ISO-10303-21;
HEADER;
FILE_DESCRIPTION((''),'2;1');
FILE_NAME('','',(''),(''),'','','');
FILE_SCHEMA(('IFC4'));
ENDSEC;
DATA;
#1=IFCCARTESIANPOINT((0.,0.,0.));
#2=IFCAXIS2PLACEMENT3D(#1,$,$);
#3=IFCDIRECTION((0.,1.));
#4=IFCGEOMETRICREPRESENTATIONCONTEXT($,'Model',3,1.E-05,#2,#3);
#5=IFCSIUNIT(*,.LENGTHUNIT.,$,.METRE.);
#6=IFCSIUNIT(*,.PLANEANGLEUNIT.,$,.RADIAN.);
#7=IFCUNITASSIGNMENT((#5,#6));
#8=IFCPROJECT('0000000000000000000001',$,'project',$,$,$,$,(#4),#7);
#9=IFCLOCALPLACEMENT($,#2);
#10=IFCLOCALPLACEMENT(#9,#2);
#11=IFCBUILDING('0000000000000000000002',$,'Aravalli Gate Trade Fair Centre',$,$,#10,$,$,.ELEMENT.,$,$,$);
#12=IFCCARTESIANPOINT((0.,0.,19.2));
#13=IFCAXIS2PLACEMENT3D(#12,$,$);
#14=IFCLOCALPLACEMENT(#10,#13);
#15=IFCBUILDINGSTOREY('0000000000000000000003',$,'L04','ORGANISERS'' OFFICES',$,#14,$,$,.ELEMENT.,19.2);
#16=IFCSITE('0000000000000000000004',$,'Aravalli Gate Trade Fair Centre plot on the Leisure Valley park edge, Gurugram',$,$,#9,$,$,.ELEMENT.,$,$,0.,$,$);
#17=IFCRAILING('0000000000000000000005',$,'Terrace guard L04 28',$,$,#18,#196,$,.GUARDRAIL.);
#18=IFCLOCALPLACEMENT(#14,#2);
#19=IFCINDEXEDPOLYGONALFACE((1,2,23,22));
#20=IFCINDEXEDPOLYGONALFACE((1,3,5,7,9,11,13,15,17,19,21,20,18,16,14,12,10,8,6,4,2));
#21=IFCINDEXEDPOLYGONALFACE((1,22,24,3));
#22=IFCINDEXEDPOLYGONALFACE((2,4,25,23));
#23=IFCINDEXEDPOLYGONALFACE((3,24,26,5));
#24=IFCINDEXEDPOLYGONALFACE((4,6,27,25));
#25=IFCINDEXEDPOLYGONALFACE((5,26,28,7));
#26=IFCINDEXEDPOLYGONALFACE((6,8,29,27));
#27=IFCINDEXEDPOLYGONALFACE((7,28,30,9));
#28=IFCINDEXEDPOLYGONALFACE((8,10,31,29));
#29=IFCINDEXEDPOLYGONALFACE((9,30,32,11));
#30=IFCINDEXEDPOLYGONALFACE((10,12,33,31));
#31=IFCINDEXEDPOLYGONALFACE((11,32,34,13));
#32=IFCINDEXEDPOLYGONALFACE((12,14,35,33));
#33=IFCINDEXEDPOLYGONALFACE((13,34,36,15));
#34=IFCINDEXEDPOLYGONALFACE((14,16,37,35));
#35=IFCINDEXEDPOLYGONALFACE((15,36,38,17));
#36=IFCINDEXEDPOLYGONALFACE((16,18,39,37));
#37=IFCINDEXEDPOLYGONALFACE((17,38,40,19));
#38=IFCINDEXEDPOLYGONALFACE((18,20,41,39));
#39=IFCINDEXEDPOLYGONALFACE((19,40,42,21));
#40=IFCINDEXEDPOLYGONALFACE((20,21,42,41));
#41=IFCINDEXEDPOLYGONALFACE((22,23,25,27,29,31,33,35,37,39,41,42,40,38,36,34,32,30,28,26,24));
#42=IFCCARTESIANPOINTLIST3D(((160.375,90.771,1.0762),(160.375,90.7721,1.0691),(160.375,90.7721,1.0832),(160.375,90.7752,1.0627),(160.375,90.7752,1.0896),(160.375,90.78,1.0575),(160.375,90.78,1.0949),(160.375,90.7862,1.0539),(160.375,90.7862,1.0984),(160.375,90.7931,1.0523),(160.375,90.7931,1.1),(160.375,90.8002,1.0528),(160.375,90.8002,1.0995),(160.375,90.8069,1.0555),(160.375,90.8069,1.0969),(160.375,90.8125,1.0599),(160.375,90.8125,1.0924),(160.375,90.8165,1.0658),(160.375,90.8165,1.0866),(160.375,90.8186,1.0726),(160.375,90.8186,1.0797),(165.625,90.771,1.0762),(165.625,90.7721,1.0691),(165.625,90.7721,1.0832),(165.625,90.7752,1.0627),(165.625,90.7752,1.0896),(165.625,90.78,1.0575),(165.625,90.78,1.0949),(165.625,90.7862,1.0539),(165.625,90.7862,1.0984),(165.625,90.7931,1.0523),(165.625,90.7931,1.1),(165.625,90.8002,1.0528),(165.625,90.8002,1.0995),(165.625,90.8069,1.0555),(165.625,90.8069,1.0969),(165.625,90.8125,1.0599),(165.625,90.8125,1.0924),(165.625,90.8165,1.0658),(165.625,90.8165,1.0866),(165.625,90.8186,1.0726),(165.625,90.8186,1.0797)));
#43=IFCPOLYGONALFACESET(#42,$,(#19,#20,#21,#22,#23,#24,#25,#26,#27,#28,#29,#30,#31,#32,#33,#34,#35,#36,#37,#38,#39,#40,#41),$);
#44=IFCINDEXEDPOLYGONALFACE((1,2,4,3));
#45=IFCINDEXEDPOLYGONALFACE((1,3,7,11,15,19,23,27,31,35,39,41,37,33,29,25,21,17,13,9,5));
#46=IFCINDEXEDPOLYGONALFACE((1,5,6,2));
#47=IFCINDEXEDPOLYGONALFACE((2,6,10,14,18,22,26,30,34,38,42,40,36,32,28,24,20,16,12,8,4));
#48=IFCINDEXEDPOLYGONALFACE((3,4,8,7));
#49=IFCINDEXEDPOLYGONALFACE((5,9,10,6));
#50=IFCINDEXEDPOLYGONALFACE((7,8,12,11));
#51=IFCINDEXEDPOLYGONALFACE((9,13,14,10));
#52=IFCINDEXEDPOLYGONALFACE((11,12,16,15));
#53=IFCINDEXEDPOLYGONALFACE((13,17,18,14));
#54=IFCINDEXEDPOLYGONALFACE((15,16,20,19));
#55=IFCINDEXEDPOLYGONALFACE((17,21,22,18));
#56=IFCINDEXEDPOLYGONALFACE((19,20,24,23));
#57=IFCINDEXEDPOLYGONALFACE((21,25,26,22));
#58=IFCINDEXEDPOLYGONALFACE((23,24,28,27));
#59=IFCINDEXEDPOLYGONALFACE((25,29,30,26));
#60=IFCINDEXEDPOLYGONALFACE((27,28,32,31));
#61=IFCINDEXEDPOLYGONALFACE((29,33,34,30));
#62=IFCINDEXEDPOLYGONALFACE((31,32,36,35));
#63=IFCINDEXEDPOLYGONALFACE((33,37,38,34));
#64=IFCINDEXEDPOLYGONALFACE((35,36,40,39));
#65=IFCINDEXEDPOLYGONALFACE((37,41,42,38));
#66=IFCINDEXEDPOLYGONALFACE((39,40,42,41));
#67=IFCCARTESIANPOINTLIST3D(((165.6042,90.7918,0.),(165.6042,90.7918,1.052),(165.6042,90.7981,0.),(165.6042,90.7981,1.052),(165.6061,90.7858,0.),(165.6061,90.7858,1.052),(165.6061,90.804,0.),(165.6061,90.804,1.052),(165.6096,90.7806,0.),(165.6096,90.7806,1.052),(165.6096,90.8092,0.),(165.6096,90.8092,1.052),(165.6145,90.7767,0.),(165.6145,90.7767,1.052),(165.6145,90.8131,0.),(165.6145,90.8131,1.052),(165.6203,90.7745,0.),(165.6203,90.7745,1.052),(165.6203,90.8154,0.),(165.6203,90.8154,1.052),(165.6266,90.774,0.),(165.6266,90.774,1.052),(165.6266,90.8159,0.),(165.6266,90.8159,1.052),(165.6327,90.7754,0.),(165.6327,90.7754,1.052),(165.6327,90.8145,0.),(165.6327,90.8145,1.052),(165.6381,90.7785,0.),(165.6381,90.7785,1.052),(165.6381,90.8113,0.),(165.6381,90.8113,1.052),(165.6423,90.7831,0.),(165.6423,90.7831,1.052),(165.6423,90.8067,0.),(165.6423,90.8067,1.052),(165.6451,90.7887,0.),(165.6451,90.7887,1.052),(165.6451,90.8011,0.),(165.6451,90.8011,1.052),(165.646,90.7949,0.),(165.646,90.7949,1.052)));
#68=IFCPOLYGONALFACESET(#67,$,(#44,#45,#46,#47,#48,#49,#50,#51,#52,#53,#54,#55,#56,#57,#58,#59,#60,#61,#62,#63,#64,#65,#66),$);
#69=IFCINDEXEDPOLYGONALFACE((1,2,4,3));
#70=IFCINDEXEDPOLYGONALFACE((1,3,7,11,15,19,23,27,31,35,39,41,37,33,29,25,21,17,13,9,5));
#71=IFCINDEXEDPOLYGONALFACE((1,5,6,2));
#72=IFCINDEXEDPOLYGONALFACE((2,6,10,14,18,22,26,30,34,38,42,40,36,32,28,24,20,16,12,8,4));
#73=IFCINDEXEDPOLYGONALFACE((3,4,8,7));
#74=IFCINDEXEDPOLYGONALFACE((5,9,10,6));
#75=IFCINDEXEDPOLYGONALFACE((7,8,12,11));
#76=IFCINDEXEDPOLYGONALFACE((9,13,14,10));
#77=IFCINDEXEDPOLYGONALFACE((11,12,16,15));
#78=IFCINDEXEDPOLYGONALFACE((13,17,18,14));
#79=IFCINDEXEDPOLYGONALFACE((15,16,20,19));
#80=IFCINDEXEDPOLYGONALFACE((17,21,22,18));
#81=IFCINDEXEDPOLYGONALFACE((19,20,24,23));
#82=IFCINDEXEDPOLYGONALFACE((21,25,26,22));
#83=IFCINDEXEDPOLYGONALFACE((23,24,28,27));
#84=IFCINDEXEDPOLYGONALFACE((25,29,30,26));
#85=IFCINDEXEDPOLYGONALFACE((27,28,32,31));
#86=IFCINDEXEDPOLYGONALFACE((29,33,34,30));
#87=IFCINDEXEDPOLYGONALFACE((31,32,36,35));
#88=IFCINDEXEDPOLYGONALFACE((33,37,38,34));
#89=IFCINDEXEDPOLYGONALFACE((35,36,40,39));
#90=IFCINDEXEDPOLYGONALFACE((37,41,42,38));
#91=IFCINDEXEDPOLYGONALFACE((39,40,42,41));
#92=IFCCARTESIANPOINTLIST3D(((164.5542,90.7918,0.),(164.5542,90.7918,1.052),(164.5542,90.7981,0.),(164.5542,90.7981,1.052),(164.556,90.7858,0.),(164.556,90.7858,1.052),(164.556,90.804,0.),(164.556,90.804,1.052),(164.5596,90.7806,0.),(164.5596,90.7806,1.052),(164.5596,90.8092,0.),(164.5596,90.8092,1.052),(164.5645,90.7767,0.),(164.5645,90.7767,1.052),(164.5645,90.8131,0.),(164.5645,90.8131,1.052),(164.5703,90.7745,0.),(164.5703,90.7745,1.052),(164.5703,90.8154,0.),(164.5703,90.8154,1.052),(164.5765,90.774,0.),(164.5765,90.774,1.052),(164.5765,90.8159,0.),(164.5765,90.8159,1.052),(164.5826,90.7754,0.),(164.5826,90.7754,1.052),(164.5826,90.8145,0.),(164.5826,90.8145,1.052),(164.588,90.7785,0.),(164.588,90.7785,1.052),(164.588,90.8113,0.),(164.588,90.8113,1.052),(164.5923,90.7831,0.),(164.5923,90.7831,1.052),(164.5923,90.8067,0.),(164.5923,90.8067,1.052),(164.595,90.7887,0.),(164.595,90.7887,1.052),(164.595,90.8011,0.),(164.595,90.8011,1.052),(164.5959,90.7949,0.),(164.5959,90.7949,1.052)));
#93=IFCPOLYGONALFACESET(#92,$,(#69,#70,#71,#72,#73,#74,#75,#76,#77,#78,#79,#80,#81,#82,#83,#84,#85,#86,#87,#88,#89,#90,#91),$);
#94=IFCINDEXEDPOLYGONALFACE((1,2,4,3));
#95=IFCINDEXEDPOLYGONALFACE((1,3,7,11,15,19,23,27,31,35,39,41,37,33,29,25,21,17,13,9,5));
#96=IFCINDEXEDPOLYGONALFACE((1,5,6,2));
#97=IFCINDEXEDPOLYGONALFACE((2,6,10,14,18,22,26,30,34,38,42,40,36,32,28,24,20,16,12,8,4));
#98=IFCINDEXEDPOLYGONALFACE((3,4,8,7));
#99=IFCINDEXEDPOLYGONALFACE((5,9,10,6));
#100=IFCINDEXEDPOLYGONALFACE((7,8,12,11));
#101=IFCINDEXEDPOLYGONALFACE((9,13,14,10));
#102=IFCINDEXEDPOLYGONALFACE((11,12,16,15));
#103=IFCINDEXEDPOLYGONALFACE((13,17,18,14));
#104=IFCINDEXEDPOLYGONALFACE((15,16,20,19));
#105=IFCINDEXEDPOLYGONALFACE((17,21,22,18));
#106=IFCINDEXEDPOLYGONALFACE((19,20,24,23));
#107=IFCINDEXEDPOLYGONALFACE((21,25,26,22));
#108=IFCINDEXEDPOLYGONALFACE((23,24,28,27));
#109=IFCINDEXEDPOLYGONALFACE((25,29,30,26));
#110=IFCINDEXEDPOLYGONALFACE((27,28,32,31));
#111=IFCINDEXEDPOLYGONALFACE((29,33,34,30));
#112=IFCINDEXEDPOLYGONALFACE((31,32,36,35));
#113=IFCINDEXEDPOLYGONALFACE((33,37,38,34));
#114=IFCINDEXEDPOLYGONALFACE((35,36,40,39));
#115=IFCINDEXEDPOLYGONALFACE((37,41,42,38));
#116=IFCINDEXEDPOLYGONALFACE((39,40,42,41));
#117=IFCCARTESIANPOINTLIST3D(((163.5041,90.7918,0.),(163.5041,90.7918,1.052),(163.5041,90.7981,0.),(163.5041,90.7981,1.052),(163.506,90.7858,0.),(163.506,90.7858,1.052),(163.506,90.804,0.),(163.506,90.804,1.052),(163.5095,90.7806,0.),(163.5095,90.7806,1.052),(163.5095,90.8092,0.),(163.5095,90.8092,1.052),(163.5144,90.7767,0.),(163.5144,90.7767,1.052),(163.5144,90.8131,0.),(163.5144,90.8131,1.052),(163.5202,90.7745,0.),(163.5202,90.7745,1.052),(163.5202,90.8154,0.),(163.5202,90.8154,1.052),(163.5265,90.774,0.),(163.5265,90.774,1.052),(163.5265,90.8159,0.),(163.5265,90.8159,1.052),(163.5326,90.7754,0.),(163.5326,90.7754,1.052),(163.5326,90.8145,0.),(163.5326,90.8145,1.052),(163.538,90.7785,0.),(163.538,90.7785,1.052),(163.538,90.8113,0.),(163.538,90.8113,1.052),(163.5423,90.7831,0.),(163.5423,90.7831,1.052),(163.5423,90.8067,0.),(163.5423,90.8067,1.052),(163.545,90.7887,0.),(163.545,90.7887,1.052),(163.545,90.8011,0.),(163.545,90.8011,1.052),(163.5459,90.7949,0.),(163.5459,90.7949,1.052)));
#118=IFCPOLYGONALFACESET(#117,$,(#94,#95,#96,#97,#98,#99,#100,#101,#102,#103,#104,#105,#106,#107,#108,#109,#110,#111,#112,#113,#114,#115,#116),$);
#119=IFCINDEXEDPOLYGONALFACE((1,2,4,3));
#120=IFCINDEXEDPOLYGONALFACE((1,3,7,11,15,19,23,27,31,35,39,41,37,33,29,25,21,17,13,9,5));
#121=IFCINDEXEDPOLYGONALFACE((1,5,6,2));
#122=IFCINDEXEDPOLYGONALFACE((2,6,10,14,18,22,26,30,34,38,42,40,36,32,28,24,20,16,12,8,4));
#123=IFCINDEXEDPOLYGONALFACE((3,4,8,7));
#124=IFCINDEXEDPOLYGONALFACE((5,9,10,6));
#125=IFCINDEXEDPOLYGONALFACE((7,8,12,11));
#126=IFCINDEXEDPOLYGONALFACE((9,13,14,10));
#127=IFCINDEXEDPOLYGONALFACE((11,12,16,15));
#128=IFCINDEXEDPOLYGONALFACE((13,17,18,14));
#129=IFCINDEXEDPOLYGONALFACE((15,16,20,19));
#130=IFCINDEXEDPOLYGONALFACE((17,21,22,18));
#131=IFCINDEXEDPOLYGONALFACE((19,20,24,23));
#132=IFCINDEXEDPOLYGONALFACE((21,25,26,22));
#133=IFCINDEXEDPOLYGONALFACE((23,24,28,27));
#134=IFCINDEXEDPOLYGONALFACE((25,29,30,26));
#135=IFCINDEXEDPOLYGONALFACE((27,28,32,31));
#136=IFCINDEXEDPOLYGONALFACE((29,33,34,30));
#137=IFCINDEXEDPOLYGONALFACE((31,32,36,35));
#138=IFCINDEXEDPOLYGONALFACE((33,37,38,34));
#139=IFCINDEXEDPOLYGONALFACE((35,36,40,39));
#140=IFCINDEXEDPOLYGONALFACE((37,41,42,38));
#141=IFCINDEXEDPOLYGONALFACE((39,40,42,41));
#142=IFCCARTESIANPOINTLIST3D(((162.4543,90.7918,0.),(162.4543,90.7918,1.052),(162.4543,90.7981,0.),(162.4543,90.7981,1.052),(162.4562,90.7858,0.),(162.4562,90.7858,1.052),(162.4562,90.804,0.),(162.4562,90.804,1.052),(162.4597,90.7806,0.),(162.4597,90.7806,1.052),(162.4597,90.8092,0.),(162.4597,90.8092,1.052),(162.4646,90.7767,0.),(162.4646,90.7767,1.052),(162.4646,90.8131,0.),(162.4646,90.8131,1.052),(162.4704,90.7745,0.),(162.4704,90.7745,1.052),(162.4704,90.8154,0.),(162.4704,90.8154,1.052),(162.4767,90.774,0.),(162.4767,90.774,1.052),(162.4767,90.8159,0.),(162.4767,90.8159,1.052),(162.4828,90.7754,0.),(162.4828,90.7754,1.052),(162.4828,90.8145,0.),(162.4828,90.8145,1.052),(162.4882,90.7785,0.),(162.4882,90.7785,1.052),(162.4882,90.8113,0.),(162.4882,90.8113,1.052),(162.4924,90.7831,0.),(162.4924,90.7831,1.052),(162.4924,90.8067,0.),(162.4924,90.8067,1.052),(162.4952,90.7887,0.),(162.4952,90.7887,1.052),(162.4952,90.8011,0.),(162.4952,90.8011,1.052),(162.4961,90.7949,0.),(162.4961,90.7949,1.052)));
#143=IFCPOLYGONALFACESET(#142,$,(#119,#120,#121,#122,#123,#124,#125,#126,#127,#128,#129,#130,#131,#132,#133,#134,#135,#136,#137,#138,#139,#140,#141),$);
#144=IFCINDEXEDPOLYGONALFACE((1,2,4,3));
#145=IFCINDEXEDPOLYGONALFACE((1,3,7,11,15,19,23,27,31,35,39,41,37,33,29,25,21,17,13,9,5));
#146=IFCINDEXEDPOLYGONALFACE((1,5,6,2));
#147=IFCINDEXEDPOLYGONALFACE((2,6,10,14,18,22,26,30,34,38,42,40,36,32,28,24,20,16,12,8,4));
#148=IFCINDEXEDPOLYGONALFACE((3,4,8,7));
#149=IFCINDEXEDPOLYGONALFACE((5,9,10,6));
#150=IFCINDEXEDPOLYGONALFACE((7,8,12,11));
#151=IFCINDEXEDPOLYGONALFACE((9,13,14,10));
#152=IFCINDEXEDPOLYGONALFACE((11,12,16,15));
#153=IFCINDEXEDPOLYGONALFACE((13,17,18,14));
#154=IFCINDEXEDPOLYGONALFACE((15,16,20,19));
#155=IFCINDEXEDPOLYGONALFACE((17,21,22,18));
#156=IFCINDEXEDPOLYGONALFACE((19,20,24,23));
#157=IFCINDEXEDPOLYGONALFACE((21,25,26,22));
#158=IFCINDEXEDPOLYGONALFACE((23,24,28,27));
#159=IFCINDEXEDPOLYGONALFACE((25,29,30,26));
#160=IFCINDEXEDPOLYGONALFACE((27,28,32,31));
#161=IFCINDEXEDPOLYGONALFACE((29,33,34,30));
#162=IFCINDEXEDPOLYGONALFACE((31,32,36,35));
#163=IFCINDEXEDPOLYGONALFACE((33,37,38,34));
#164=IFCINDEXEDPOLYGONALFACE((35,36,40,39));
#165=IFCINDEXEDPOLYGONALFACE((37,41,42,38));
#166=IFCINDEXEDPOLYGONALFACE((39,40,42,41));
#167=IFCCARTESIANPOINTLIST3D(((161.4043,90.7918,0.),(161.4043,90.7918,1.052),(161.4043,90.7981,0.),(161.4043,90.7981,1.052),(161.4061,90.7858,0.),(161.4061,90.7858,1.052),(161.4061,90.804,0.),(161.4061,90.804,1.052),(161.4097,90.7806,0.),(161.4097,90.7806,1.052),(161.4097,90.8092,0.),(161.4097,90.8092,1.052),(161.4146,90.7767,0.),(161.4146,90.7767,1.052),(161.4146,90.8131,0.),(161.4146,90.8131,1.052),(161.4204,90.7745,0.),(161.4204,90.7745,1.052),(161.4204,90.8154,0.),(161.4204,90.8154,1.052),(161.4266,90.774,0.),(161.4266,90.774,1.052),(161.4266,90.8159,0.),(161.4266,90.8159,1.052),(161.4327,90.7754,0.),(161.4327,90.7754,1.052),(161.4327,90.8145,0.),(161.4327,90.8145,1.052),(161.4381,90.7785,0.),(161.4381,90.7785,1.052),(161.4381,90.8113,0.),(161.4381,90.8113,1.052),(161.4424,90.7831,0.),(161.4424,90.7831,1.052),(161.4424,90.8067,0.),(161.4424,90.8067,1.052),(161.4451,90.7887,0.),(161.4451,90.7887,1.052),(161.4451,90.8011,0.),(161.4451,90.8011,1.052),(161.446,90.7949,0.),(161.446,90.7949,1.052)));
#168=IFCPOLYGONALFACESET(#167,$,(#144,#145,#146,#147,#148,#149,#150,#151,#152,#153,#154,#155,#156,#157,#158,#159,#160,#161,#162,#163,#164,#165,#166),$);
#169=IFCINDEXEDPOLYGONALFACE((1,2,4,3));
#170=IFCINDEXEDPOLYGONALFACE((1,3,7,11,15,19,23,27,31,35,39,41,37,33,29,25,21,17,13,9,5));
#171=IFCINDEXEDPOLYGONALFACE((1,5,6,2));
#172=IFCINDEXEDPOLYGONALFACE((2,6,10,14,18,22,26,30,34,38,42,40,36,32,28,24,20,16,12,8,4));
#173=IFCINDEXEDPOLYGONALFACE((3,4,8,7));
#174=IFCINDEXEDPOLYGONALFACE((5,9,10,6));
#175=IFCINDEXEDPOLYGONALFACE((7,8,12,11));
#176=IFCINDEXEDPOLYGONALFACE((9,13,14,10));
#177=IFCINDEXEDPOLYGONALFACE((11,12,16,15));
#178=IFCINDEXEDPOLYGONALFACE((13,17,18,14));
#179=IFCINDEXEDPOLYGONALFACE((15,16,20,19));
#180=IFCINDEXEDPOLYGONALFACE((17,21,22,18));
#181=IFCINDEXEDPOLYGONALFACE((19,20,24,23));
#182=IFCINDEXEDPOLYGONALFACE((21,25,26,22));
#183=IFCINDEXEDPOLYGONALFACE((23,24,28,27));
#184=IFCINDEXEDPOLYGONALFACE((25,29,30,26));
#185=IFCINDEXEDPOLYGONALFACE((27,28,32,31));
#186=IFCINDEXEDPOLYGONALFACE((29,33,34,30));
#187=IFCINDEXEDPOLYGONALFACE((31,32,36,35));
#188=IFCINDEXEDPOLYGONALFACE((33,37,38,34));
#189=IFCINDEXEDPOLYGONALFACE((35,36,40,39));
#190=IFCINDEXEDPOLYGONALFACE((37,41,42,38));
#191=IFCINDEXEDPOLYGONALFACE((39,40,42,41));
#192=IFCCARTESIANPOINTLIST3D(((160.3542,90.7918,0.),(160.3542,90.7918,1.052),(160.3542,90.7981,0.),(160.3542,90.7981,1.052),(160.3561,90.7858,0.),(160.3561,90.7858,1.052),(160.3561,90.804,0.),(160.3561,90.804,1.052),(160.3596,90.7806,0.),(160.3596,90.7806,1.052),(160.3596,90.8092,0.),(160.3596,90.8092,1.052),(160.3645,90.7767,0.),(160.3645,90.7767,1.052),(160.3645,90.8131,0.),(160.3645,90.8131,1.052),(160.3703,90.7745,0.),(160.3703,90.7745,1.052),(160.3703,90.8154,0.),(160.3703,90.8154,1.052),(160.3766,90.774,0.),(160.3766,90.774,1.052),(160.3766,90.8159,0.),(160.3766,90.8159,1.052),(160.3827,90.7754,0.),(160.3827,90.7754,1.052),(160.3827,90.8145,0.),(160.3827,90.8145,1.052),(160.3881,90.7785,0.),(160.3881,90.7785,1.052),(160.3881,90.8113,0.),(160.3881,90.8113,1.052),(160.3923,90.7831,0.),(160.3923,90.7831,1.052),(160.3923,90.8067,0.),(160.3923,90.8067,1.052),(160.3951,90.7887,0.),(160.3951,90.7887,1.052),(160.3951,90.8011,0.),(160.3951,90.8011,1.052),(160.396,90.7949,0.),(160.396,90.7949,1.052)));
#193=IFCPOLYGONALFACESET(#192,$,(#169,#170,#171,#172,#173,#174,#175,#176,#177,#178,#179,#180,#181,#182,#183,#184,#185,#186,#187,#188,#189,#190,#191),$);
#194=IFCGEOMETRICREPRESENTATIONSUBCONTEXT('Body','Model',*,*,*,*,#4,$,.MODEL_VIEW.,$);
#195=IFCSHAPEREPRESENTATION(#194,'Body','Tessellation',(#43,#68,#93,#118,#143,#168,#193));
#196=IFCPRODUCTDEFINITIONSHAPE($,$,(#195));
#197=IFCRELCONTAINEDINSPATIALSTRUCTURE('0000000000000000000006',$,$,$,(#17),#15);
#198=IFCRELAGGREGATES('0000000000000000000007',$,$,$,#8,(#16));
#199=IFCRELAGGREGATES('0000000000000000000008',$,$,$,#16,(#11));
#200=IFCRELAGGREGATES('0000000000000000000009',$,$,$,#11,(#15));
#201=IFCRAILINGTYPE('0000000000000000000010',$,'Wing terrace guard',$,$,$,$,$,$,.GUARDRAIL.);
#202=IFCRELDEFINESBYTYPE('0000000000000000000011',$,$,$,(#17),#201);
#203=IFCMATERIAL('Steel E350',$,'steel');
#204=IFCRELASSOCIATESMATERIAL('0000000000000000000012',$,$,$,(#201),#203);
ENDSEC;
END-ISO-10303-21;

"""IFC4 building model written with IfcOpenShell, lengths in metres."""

from ifc_helpers import new_model, si_unit, direction, frame, origin, origin_2d, place, context, subcontext, project, spatial, circle, extrude, material, type_object, element, save


model = new_model("IFC4")

# Units and contexts
model_context = context("Model", 3, precision=1e-05, world=origin(), true_north=direction((0.0, 1.0)))
body_context = subcontext(model_context, "Body", "Model", "MODEL_VIEW")
ifc_project = project(units=[si_unit("LENGTHUNIT", "METRE"), si_unit("PLANEANGLEUNIT", "RADIAN")], contexts=[model_context])

# Site, building, storey
site_placement = place(None, origin())
site = spatial("IfcSite", under=ifc_project, at=site_placement, Name="Aravalli Gate Trade Fair Centre plot on the Leisure Valley park edge, Gurugram", CompositionType="ELEMENT", RefElevation=0.0)
building_placement = place(site_placement, origin())
building = spatial("IfcBuilding", under=site, at=building_placement, Name="Aravalli Gate Trade Fair Centre", CompositionType="ELEMENT")
storey_placement = place(building_placement, frame((0.0, 0.0, 19.2)))
storey = spatial("IfcBuildingStorey", under=building, at=storey_placement, Name="L04", Description="ORGANISERS' OFFICES", CompositionType="ELEMENT", Elevation=19.2)

# Railing
ifc_material_1 = material(Name="Steel E350", Category="steel")
railing_type = type_object("IfcRailingType", Name="Wing terrace guard", PredefinedType="GUARDRAIL", material=ifc_material_1)
railing_1_placement = place(storey_placement, frame((165.625, 90.7949, 0.0)))
element("IfcRailing", 1, at=railing_1_placement, inside=storey, type_object=railing_type, Name="Terrace guard L04 28", PredefinedType="GUARDRAIL", context=body_context, shape_type="SweptSolid", body=[
    extrude(circle(Radius=0.0239, at=origin_2d()), frame((0.0, 0.0, 1.0762), z_axis=(-1.0, 0.0, 0.0), x_axis=(0.0, -1.0, 0.0)), (0.0, 0.0, 1.0), 5.25),
    extrude(circle(Radius=0.021, at=origin_2d()), origin(), (0.0, 0.0, 1.0), 1.052),
    extrude(circle(Radius=0.021, at=origin_2d()), frame((-1.05, 0.0, 0.0)), (0.0, 0.0, 1.0), 1.052),
    extrude(circle(Radius=0.021, at=origin_2d()), frame((-2.1001, 0.0, 0.0)), (0.0, 0.0, 1.0), 1.052),
    extrude(circle(Radius=0.021, at=origin_2d()), frame((-3.1499, 0.0, 0.0)), (0.0, 0.0, 1.0), 1.052),
    extrude(circle(Radius=0.021, at=origin_2d()), frame((-4.2, 0.0, 0.0)), (0.0, 0.0, 1.0), 1.052),
    extrude(circle(Radius=0.021, at=origin_2d()), frame((-5.25, 0.0, 0.0)), (0.0, 0.0, 1.0), 1.052),
])

save(model, "model.ifc")
